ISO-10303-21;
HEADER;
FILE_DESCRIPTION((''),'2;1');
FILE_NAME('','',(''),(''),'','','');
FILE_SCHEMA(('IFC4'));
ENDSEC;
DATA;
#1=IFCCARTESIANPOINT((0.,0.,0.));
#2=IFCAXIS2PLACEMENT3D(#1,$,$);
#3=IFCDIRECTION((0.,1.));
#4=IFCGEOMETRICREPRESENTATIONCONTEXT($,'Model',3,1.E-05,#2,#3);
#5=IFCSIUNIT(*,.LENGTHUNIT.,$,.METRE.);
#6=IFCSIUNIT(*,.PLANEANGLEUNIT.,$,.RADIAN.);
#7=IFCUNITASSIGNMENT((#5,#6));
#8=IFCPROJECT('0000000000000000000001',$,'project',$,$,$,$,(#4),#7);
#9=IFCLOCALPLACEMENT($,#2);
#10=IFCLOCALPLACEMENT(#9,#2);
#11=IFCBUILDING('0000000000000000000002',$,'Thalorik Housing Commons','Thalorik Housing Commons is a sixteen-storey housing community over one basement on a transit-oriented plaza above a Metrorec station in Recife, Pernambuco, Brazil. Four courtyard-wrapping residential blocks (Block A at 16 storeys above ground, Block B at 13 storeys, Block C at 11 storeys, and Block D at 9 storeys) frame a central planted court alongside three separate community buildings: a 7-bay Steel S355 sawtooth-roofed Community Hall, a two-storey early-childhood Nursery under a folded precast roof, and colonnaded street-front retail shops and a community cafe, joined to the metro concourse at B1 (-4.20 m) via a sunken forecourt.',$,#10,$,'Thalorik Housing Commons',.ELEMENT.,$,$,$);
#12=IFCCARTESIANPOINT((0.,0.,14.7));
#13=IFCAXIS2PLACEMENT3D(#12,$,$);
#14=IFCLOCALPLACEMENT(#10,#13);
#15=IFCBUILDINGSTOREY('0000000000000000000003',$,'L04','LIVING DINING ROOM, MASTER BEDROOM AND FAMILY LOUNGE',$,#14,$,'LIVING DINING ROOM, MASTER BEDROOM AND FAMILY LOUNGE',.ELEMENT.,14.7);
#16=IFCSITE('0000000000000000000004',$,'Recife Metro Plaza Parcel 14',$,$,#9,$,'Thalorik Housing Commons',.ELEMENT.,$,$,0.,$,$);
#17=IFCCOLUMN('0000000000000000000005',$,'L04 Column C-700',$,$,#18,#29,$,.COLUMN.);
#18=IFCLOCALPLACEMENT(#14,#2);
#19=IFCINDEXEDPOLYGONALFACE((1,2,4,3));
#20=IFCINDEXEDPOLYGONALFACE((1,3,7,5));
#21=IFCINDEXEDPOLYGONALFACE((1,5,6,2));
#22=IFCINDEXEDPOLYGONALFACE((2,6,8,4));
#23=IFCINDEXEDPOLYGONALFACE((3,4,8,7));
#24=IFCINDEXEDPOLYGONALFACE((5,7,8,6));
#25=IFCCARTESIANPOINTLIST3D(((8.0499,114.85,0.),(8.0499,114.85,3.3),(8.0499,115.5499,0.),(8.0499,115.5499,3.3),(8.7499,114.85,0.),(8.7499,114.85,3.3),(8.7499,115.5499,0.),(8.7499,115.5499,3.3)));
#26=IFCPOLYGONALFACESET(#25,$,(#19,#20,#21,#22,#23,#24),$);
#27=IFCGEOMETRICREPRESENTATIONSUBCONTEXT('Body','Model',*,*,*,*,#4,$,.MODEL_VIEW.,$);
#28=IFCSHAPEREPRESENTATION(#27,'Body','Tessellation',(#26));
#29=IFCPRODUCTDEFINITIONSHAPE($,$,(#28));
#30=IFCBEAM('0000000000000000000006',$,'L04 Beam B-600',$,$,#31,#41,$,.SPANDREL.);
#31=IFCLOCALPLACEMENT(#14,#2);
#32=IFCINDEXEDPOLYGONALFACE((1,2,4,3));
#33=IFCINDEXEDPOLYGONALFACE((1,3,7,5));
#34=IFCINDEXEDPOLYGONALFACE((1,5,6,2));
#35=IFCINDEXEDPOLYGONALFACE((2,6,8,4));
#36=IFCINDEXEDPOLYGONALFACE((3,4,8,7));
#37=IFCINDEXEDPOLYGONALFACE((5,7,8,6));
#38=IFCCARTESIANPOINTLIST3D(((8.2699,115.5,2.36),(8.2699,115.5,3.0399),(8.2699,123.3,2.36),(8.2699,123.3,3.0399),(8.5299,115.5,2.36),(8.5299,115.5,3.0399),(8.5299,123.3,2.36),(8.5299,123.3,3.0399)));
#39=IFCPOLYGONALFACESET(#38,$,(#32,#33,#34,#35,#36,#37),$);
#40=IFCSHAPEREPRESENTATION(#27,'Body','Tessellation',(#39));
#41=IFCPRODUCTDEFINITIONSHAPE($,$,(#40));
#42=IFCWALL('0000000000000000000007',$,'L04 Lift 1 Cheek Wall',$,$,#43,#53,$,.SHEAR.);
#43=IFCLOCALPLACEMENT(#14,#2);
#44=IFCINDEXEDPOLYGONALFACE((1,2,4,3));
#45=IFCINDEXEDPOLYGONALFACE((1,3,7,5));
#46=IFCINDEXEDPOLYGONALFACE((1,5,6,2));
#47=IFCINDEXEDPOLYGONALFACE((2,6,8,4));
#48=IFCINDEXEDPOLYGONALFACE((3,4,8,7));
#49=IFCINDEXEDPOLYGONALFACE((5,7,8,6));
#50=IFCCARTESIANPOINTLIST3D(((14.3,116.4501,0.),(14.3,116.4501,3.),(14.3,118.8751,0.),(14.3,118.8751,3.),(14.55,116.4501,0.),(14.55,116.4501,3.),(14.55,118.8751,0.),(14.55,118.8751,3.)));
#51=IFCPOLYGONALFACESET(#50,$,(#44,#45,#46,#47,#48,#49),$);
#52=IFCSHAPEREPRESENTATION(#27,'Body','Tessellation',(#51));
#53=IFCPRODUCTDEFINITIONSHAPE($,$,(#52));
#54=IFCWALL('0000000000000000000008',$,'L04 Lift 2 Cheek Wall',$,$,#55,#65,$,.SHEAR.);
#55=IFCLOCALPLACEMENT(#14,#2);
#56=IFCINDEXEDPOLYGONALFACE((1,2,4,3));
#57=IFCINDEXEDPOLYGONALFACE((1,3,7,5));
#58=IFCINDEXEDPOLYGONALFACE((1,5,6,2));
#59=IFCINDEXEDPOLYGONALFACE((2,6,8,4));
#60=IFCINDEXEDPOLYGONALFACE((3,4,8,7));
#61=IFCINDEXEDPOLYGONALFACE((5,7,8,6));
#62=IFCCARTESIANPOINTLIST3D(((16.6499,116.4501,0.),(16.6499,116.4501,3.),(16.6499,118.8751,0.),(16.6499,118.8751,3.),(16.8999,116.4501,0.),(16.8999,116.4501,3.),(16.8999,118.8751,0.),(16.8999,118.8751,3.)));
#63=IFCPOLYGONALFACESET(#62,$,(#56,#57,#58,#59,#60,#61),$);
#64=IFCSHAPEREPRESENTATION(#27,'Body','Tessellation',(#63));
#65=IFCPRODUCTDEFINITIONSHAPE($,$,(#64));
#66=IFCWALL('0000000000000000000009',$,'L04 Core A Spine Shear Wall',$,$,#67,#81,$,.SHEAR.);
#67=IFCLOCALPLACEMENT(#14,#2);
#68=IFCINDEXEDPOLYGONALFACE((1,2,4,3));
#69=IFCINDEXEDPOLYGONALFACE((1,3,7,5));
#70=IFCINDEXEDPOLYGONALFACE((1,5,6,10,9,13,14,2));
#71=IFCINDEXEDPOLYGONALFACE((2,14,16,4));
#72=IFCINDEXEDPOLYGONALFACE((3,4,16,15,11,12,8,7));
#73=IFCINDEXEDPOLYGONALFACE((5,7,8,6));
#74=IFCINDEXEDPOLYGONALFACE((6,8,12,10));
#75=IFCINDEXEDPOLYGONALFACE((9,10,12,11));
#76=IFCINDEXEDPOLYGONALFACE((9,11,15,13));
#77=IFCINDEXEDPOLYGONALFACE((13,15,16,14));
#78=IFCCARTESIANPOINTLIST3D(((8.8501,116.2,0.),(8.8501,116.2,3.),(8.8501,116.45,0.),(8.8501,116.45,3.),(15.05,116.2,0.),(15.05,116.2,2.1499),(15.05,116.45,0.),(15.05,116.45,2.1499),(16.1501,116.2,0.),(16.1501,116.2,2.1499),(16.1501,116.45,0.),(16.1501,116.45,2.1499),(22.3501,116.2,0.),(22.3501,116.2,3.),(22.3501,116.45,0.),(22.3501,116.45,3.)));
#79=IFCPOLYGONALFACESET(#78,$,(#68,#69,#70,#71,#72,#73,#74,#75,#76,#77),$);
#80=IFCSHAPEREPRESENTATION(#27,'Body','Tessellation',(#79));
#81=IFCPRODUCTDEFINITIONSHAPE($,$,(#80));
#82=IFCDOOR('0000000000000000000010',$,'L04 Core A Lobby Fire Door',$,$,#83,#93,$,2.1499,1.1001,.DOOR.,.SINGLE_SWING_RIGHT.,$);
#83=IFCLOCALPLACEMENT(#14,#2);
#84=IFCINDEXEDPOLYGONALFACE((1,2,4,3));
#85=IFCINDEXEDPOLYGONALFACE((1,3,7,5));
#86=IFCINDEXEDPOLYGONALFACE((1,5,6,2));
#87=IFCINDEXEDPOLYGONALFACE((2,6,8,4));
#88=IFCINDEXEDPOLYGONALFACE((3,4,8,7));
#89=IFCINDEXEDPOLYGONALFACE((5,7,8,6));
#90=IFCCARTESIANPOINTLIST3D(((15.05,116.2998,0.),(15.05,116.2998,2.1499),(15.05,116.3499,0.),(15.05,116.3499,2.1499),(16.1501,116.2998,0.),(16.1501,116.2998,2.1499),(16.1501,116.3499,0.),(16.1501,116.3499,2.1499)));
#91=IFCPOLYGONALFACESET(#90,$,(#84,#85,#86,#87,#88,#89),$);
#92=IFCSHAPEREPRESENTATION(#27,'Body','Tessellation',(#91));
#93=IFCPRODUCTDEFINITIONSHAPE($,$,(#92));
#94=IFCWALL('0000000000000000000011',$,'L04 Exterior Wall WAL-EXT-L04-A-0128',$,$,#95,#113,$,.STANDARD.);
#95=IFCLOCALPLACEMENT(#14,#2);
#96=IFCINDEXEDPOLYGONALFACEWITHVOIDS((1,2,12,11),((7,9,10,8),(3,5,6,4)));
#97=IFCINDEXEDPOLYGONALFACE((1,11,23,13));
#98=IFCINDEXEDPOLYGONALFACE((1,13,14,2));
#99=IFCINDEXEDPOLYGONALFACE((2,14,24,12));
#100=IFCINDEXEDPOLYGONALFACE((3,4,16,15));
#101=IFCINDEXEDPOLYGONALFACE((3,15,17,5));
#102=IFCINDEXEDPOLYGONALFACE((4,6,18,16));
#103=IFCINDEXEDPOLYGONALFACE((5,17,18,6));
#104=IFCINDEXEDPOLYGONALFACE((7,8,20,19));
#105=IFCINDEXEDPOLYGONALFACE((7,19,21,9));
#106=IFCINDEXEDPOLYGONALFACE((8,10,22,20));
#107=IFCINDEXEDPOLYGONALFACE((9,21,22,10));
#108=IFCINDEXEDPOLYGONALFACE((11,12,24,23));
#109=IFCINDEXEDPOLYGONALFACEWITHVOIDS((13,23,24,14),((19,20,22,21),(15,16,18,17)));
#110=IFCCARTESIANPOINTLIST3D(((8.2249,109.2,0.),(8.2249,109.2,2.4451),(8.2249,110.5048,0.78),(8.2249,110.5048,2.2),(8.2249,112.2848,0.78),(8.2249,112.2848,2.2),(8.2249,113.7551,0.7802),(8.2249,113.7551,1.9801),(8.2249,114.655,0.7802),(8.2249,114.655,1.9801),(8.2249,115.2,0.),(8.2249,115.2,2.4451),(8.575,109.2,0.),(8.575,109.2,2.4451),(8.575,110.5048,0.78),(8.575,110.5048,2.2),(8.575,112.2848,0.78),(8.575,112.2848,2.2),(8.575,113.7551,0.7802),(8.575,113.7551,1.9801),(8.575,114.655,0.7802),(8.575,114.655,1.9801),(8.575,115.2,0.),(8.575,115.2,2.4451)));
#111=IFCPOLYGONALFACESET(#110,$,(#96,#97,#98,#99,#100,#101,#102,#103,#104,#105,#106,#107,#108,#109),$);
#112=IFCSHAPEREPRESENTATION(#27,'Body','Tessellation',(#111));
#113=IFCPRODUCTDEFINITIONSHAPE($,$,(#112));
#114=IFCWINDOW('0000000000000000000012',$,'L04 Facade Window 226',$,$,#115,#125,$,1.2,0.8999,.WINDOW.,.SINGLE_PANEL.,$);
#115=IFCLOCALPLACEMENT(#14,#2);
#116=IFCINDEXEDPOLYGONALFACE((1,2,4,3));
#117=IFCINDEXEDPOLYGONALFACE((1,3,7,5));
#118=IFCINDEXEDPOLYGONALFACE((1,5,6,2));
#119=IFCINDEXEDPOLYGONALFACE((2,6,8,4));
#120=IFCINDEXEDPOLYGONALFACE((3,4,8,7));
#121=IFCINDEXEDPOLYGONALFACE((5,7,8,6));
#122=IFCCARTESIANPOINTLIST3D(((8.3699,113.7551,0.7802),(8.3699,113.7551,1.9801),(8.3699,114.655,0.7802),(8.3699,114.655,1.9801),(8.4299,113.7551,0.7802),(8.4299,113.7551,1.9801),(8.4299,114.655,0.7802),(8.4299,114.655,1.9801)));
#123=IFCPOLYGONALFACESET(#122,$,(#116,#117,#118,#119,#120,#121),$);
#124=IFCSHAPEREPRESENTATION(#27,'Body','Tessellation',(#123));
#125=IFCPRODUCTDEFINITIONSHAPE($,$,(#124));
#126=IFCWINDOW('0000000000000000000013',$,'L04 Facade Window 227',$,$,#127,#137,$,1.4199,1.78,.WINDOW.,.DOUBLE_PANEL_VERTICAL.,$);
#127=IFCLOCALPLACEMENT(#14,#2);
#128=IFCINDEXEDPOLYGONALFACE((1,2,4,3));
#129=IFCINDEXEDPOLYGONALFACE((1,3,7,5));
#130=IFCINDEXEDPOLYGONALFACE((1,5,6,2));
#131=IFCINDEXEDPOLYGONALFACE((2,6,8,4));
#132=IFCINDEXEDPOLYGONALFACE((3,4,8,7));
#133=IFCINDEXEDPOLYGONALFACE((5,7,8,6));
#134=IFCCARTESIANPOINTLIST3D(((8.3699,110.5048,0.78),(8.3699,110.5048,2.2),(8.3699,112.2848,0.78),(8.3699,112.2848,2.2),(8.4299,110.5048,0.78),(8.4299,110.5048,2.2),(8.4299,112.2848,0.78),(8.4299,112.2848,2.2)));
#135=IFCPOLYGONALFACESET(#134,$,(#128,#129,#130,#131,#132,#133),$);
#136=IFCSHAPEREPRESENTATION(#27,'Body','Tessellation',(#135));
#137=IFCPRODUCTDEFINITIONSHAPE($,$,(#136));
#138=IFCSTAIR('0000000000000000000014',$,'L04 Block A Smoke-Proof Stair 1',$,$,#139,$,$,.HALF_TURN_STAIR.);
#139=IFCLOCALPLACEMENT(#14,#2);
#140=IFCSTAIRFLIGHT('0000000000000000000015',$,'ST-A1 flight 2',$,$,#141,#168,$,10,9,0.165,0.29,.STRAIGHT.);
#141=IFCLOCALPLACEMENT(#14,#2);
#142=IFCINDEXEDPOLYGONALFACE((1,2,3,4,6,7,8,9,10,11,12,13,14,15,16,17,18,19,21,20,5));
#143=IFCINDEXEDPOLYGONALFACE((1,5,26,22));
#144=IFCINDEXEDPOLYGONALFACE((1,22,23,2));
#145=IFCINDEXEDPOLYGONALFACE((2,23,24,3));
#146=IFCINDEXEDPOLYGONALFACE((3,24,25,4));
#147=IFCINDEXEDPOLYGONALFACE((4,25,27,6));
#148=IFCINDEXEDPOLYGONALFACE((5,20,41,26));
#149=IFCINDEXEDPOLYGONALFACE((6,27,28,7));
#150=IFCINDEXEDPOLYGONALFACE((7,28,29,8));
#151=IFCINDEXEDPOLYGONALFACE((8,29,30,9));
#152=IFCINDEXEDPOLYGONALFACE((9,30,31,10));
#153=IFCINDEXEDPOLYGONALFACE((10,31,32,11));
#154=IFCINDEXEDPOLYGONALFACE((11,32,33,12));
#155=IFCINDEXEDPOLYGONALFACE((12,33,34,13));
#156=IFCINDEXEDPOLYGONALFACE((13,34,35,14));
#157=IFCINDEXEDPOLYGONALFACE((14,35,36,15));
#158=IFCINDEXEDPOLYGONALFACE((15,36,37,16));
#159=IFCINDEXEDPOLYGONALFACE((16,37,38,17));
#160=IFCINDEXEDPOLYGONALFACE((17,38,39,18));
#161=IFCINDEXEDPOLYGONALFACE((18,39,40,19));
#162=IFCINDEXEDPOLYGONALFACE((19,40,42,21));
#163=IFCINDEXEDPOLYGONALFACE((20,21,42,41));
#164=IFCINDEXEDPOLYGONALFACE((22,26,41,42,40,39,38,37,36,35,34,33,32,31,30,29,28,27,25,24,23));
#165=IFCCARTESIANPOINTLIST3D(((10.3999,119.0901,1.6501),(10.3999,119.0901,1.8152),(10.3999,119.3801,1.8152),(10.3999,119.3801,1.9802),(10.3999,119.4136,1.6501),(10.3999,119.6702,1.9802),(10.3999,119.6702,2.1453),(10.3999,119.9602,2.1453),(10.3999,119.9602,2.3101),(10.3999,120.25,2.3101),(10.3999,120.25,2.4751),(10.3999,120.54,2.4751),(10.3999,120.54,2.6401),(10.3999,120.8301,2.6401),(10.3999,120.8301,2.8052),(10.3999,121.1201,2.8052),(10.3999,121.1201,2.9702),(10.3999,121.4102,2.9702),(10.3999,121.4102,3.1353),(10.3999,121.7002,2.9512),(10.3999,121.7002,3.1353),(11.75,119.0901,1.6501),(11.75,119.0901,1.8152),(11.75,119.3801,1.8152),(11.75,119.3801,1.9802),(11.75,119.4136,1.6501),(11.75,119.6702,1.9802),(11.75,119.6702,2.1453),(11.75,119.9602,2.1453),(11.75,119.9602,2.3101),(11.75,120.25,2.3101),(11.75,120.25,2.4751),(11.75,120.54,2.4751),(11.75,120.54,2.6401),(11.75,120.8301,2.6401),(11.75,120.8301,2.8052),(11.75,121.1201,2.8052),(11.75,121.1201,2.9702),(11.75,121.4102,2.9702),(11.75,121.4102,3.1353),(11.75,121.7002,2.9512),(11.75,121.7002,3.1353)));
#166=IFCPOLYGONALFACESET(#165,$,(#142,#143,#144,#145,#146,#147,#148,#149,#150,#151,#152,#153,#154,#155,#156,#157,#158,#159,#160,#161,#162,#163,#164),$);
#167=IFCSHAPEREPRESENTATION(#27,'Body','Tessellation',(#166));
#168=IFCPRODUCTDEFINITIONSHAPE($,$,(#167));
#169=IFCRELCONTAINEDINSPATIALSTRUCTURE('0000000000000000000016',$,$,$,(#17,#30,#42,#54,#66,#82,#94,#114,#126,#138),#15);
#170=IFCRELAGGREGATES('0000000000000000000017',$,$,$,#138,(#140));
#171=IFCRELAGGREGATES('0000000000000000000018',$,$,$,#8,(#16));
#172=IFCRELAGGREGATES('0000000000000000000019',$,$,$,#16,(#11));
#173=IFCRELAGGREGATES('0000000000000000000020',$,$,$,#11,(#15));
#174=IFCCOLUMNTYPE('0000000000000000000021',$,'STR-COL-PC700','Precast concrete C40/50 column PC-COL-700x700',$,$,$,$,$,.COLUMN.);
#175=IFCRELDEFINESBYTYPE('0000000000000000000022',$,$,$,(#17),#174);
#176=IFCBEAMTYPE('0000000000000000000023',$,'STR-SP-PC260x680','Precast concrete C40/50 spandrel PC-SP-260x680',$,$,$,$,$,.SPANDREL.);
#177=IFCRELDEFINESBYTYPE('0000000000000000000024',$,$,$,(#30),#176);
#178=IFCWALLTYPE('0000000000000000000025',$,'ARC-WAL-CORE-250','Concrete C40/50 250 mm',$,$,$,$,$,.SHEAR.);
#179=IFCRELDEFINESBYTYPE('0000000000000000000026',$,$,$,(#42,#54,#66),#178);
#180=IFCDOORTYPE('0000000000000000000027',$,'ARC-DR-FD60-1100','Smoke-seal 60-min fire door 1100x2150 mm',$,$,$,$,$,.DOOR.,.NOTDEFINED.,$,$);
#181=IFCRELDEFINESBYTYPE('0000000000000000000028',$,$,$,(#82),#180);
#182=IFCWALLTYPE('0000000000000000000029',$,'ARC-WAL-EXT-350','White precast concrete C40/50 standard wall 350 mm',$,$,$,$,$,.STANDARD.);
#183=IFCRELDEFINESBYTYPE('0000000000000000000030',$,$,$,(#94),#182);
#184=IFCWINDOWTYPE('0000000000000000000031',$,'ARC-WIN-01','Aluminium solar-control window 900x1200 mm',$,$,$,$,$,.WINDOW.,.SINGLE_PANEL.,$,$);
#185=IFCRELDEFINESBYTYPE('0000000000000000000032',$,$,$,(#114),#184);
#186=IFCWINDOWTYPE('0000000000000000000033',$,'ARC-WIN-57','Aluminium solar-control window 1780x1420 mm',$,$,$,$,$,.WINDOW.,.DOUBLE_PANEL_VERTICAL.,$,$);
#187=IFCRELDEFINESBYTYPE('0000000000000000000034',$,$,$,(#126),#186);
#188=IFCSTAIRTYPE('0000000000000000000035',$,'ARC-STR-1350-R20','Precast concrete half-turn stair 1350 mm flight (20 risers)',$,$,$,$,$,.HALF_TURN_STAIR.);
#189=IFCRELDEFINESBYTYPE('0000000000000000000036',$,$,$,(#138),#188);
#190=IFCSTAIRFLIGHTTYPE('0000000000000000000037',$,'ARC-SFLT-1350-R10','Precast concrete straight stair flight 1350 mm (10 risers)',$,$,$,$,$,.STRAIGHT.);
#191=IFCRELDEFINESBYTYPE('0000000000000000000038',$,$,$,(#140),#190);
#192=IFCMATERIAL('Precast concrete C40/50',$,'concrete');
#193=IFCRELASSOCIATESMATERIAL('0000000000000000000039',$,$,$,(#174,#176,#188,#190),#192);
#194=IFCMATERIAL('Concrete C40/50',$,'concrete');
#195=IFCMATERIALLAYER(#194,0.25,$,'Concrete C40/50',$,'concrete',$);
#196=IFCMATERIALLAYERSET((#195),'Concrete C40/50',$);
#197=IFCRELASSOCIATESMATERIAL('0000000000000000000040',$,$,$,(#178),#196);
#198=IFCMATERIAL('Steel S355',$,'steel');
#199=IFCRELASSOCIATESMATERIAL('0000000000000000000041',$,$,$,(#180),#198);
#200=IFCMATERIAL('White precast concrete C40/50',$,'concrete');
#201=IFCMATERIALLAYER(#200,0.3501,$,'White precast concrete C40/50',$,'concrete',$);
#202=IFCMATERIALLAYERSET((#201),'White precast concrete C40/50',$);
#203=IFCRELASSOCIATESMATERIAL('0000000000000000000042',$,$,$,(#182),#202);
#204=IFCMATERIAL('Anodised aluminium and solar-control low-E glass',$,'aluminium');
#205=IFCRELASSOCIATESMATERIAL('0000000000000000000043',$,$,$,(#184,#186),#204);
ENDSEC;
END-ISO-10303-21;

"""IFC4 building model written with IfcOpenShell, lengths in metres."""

from ifc_helpers import new_model, si_unit, direction, frame, frame_2d, origin, origin_2d, place, context, subcontext, project, spatial, polyline, rectangle, outline, extrude, material, layer, layer_set, material_profile, profile_set, type_object, element, fill, aggregate, save


model = new_model("IFC4")

# Units and contexts
model_context = context("Model", 3, precision=1e-05, world=origin(), true_north=direction((0.0, 1.0)))
body_context = subcontext(model_context, "Body", "Model", "MODEL_VIEW")
ifc_project = project(units=[si_unit("LENGTHUNIT", "METRE"), si_unit("PLANEANGLEUNIT", "RADIAN")], contexts=[model_context])

# Site, building, storey
site_placement = place(None, origin())
site = spatial("IfcSite", under=ifc_project, at=site_placement, Name="Recife Metro Plaza Parcel 14", LongName="Thalorik Housing Commons", CompositionType="ELEMENT", RefElevation=0.0)
building_placement = place(site_placement, origin())
building = spatial("IfcBuilding", under=site, at=building_placement, Name="Thalorik Housing Commons", Description="Thalorik Housing Commons is a sixteen-storey housing community over one basement on a transit-oriented plaza above a Metrorec station in Recife, Pernambuco, Brazil. Four courtyard-wrapping residential blocks (Block A at 16 storeys above ground, Block B at 13 storeys, Block C at 11 storeys, and Block D at 9 storeys) frame a central planted court alongside three separate community buildings: a 7-bay Steel S355 sawtooth-roofed Community Hall, a two-storey early-childhood Nursery under a folded precast roof, and colonnaded street-front retail shops and a community cafe, joined to the metro concourse at B1 (-4.20 m) via a sunken forecourt.", LongName="Thalorik Housing Commons", CompositionType="ELEMENT")
storey_placement = place(building_placement, frame((0.0, 0.0, 14.7)))
storey = spatial("IfcBuildingStorey", under=building, at=storey_placement, Name="L04", Description="LIVING DINING ROOM, MASTER BEDROOM AND FAMILY LOUNGE", LongName="LIVING DINING ROOM, MASTER BEDROOM AND FAMILY LOUNGE", CompositionType="ELEMENT", Elevation=14.7)

# Column
ifc_material_1 = material(Name="Precast concrete C40/50", Category="concrete")
ifc_material_profile_1 = material_profile(ifc_material_1, rectangle(XDim=0.7, YDim=0.7, at=origin_2d()), Name="PC 700x700", Category="concrete")
ifc_profile_set_1 = profile_set([ifc_material_profile_1], Name="Precast concrete C40/50")
column_type = type_object("IfcColumnType", Name="STR-COL-PC700", Description="Precast concrete C40/50 column PC-COL-700x700", PredefinedType="COLUMN", material=ifc_profile_set_1)
column_placement = place(storey_placement, frame((8.3999, 115.2, 0.0), z_axis=(0.0, 0.0, 1.0), x_axis=(1.0, 0.0, 0.0)))
element("IfcColumn", 1, at=column_placement, inside=storey, type_object=column_type, Name="L04 Column C-700", PredefinedType="COLUMN", context=body_context, shape_type="SweptSolid", body=[
    extrude(rectangle(XDim=0.7, YDim=0.7, at=origin_2d()), origin(), (0.0, 0.0, 1.0), 3.3),
])

# Beam
ifc_material_profile_2 = material_profile(ifc_material_1, rectangle(XDim=0.26, YDim=0.6799, at=origin_2d()), Name="PC SP 260x680", Category="concrete")
ifc_profile_set_2 = profile_set([ifc_material_profile_2], Name="Precast concrete C40/50")
beam_type = type_object("IfcBeamType", Name="STR-SP-PC260x680", Description="Precast concrete C40/50 spandrel PC-SP-260x680", PredefinedType="SPANDREL", material=ifc_profile_set_2)
beam_placement = place(storey_placement, frame((8.3999, 115.5, 2.7), z_axis=(0.0, 1.0, 0.0), x_axis=(-1.0, 0.0, 0.0)))
element("IfcBeam", 2, at=beam_placement, inside=storey, type_object=beam_type, Name="L04 Beam B-600", PredefinedType="SPANDREL", context=body_context, shape_type="SweptSolid", body=[
    extrude(rectangle(XDim=0.26, YDim=0.6799, at=origin_2d()), origin(), (0.0, 0.0, 1.0), 7.8),
])

# Shared definitions
ifc_material_2 = material(Name="Concrete C40/50", Category="concrete")
ifc_layer_1 = layer(ifc_material_2, 0.25, Name="Concrete C40/50", Category="concrete")
ifc_layer_set_1 = layer_set([ifc_layer_1], Name="Concrete C40/50")
wall_type_1 = type_object("IfcWallType", Name="ARC-WAL-CORE-250", Description="Concrete C40/50 250 mm", PredefinedType="SHEAR", material=ifc_layer_set_1)
ifc_material_3 = material(Name="Steel S355", Category="steel")

# Walls
for number, where, z_axis, x_axis, name in (
    (3, (14.425, 118.875, 0.0), (0.0, 0.0, 1.0), (0.0, -1.0, 0.0), "L04 Lift 1 Cheek Wall"),
    (4, (16.7749, 118.875, 0.0), (0.0, 0.0, 1.0), (0.0, -1.0, 0.0), "L04 Lift 2 Cheek Wall"),
):
    element("IfcWall", number, at=place(storey_placement, frame(where, z_axis=z_axis, x_axis=x_axis)), inside=storey, type_object=wall_type_1, Name=name, PredefinedType="SHEAR", context=body_context, shape_type="SweptSolid", body=[
        extrude(rectangle(XDim=2.425, YDim=0.25, at=frame_2d((1.2124, 0.0))), origin(), (0.0, 0.0, 1.0), 3.0),
    ])

# Wall, opening, door
wall_1_placement = place(storey_placement, frame((8.8501, 116.325, 0.0), z_axis=(0.0, 0.0, 1.0), x_axis=(1.0, 0.0, 0.0)))
wall_1 = element("IfcWall", 5, at=wall_1_placement, inside=storey, type_object=wall_type_1, Name="L04 Core A Spine Shear Wall", PredefinedType="SHEAR", context=body_context, shape_type="SweptSolid", body=[
    extrude(rectangle(XDim=13.5, YDim=0.25, at=frame_2d((6.75, 0.0))), origin(), (0.0, 0.0, 1.0), 3.0),
])
opening_1_placement = place(wall_1_placement, frame((6.2, 0.0, 0.0)))
opening_1 = element("IfcOpeningElement", 6, at=opening_1_placement, cuts=wall_1, PredefinedType="OPENING", context=body_context, shape_type="SweptSolid", body=[
    extrude(rectangle(XDim=1.1001, YDim=2.1499, at=frame_2d((0.55, 1.075))), frame((0.0, 0.135, 0.0), z_axis=(0.0, -1.0, 0.0), x_axis=(1.0, 0.0, 0.0)), (0.0, 0.0, 1.0), 0.27),
])
door_type_1 = type_object("IfcDoorType", Name="ARC-DR-FD60-1100", Description="Smoke-seal 60-min fire door 1100x2150 mm", OperationType="NOTDEFINED", PredefinedType="DOOR", material=ifc_material_3)
door_1_placement = place(opening_1_placement, origin())
door_1 = element("IfcDoor", 7, at=door_1_placement, inside=storey, type_object=door_type_1, Name="L04 Core A Lobby Fire Door", OperationType="SINGLE_SWING_RIGHT", OverallHeight=2.1499, OverallWidth=1.1001, PredefinedType="DOOR", context=body_context, shape_type="SweptSolid", body=[
    extrude(rectangle(XDim=1.1001, YDim=2.1499, at=frame_2d((0.55, 1.075))), frame((0.0, 0.0249, 0.0), z_axis=(0.0, -1.0, 0.0), x_axis=(1.0, 0.0, 0.0)), (0.0, 0.0, 1.0), 0.05),
])
fill(opening_1, door_1)

# Wall, openings, windows
ifc_material_4 = material(Name="White precast concrete C40/50", Category="concrete")
ifc_layer_2 = layer(ifc_material_4, 0.3501, Name="White precast concrete C40/50", Category="concrete")
ifc_layer_set_2 = layer_set([ifc_layer_2], Name="White precast concrete C40/50")
wall_type_2 = type_object("IfcWallType", Name="ARC-WAL-EXT-350", Description="White precast concrete C40/50 standard wall 350 mm", PredefinedType="STANDARD", material=ifc_layer_set_2)
wall_2_placement = place(storey_placement, frame((8.3999, 115.2, 0.0), z_axis=(0.0, 0.0, 1.0), x_axis=(0.0, -1.0, 0.0)))
wall_2 = element("IfcWall", 8, at=wall_2_placement, inside=storey, type_object=wall_type_2, Name="L04 Exterior Wall WAL-EXT-L04-A-0128", PredefinedType="STANDARD", context=body_context, shape_type="SweptSolid", body=[
    extrude(rectangle(XDim=6.0, YDim=0.3501, at=frame_2d((3.0, 0.0))), origin(), (0.0, 0.0, 1.0), 2.4451),
])
opening_2_placement = place(wall_2_placement, frame((0.5449, 0.0, 0.78)))
opening_2 = element("IfcOpeningElement", 9, at=opening_2_placement, cuts=wall_2, PredefinedType="OPENING", context=body_context, shape_type="SweptSolid", body=[
    extrude(rectangle(XDim=0.8999, YDim=1.2, at=frame_2d((0.45, 0.6001))), frame((0.0, 0.1851, 0.0), z_axis=(0.0, -1.0, 0.0), x_axis=(1.0, 0.0, 0.0)), (0.0, 0.0, 1.0), 0.3701),
])
opening_3_placement = place(wall_2_placement, frame((2.915, 0.0, 0.78)))
opening_3 = element("IfcOpeningElement", 10, at=opening_3_placement, cuts=wall_2, PredefinedType="OPENING", context=body_context, shape_type="SweptSolid", body=[
    extrude(rectangle(XDim=1.78, YDim=1.4199, at=frame_2d((0.8901, 0.71))), frame((0.0, 0.1851, 0.0), z_axis=(0.0, -1.0, 0.0), x_axis=(1.0, 0.0, 0.0)), (0.0, 0.0, 1.0), 0.3701),
])
ifc_material_5 = material(Name="Anodised aluminium and solar-control low-E glass", Category="aluminium")
window_type_1 = type_object("IfcWindowType", Name="ARC-WIN-01", Description="Aluminium solar-control window 900x1200 mm", PartitioningType="SINGLE_PANEL", PredefinedType="WINDOW", material=ifc_material_5)
window_1_placement = place(opening_2_placement, origin())
window_1 = element("IfcWindow", 11, at=window_1_placement, inside=storey, type_object=window_type_1, Name="L04 Facade Window 226", OverallHeight=1.2, OverallWidth=0.8999, PartitioningType="SINGLE_PANEL", PredefinedType="WINDOW", context=body_context, shape_type="SweptSolid", body=[
    extrude(rectangle(XDim=0.8999, YDim=1.2, at=frame_2d((0.45, 0.6001))), frame((0.0, 0.03, 0.0), z_axis=(0.0, -1.0, 0.0), x_axis=(1.0, 0.0, 0.0)), (0.0, 0.0, 1.0), 0.0601),
])
fill(opening_2, window_1)
window_type_2 = type_object("IfcWindowType", Name="ARC-WIN-57", Description="Aluminium solar-control window 1780x1420 mm", PartitioningType="DOUBLE_PANEL_VERTICAL", PredefinedType="WINDOW", material=ifc_material_5)
window_2_placement = place(opening_3_placement, origin())
window_2 = element("IfcWindow", 12, at=window_2_placement, inside=storey, type_object=window_type_2, Name="L04 Facade Window 227", OverallHeight=1.4199, OverallWidth=1.78, PartitioningType="DOUBLE_PANEL_VERTICAL", PredefinedType="WINDOW", context=body_context, shape_type="SweptSolid", body=[
    extrude(rectangle(XDim=1.78, YDim=1.4199, at=frame_2d((0.8901, 0.71))), frame((0.0, 0.03, 0.0), z_axis=(0.0, -1.0, 0.0), x_axis=(1.0, 0.0, 0.0)), (0.0, 0.0, 1.0), 0.0601),
])
fill(opening_3, window_2)

# Stair, stair flight
stair_type = type_object("IfcStairType", Name="ARC-STR-1350-R20", Description="Precast concrete half-turn stair 1350 mm flight (20 risers)", PredefinedType="HALF_TURN_STAIR", material=ifc_material_1)
stair_placement = place(storey_placement, origin())
stair = element("IfcStair", 13, at=stair_placement, inside=storey, type_object=stair_type, Name="L04 Block A Smoke-Proof Stair 1", PredefinedType="HALF_TURN_STAIR")
stair_flight_type = type_object("IfcStairFlightType", Name="ARC-SFLT-1350-R10", Description="Precast concrete straight stair flight 1350 mm (10 risers)", PredefinedType="STRAIGHT", material=ifc_material_1)
stair_flight_placement = place(storey_placement, frame((11.075, 119.0901, 1.6501), z_axis=(0.0, 0.0, 1.0), x_axis=(0.0, 1.0, 0.0)))
stair_flight = element("IfcStairFlight", 14, at=stair_flight_placement, type_object=stair_flight_type, Name="ST-A1 flight 2", NumberOfRisers=10, NumberOfTreads=9, PredefinedType="STRAIGHT", RiserHeight=0.165, TreadLength=0.29, context=body_context, shape_type="SweptSolid", body=[
    extrude(outline(polyline([(0.0, 0.0), (0.0, 0.165), (0.29, 0.165), (0.29, 0.3301), (0.5801, 0.3301), (0.5801, 0.4951), (0.8701, 0.4951), (0.8701, 0.6599), (1.1599, 0.6599), (1.1599, 0.825), (1.45, 0.825), (1.45, 0.99), (1.74, 0.99), (1.74, 1.155), (2.03, 1.155), (2.03, 1.3201), (2.3201, 1.3201), (2.3201, 1.4851), (2.6101, 1.4851), (2.6101, 1.6499), (2.6101, 1.301), (0.3235, 0.0), (0.0, 0.0)])), frame((0.0, 0.675, 0.0), z_axis=(0.0, -1.0, 0.0), x_axis=(1.0, 0.0, 0.0)), (0.0, 0.0, 1.0), 1.3501),
])
aggregate(stair, [stair_flight])

save(model, "model.ifc")
